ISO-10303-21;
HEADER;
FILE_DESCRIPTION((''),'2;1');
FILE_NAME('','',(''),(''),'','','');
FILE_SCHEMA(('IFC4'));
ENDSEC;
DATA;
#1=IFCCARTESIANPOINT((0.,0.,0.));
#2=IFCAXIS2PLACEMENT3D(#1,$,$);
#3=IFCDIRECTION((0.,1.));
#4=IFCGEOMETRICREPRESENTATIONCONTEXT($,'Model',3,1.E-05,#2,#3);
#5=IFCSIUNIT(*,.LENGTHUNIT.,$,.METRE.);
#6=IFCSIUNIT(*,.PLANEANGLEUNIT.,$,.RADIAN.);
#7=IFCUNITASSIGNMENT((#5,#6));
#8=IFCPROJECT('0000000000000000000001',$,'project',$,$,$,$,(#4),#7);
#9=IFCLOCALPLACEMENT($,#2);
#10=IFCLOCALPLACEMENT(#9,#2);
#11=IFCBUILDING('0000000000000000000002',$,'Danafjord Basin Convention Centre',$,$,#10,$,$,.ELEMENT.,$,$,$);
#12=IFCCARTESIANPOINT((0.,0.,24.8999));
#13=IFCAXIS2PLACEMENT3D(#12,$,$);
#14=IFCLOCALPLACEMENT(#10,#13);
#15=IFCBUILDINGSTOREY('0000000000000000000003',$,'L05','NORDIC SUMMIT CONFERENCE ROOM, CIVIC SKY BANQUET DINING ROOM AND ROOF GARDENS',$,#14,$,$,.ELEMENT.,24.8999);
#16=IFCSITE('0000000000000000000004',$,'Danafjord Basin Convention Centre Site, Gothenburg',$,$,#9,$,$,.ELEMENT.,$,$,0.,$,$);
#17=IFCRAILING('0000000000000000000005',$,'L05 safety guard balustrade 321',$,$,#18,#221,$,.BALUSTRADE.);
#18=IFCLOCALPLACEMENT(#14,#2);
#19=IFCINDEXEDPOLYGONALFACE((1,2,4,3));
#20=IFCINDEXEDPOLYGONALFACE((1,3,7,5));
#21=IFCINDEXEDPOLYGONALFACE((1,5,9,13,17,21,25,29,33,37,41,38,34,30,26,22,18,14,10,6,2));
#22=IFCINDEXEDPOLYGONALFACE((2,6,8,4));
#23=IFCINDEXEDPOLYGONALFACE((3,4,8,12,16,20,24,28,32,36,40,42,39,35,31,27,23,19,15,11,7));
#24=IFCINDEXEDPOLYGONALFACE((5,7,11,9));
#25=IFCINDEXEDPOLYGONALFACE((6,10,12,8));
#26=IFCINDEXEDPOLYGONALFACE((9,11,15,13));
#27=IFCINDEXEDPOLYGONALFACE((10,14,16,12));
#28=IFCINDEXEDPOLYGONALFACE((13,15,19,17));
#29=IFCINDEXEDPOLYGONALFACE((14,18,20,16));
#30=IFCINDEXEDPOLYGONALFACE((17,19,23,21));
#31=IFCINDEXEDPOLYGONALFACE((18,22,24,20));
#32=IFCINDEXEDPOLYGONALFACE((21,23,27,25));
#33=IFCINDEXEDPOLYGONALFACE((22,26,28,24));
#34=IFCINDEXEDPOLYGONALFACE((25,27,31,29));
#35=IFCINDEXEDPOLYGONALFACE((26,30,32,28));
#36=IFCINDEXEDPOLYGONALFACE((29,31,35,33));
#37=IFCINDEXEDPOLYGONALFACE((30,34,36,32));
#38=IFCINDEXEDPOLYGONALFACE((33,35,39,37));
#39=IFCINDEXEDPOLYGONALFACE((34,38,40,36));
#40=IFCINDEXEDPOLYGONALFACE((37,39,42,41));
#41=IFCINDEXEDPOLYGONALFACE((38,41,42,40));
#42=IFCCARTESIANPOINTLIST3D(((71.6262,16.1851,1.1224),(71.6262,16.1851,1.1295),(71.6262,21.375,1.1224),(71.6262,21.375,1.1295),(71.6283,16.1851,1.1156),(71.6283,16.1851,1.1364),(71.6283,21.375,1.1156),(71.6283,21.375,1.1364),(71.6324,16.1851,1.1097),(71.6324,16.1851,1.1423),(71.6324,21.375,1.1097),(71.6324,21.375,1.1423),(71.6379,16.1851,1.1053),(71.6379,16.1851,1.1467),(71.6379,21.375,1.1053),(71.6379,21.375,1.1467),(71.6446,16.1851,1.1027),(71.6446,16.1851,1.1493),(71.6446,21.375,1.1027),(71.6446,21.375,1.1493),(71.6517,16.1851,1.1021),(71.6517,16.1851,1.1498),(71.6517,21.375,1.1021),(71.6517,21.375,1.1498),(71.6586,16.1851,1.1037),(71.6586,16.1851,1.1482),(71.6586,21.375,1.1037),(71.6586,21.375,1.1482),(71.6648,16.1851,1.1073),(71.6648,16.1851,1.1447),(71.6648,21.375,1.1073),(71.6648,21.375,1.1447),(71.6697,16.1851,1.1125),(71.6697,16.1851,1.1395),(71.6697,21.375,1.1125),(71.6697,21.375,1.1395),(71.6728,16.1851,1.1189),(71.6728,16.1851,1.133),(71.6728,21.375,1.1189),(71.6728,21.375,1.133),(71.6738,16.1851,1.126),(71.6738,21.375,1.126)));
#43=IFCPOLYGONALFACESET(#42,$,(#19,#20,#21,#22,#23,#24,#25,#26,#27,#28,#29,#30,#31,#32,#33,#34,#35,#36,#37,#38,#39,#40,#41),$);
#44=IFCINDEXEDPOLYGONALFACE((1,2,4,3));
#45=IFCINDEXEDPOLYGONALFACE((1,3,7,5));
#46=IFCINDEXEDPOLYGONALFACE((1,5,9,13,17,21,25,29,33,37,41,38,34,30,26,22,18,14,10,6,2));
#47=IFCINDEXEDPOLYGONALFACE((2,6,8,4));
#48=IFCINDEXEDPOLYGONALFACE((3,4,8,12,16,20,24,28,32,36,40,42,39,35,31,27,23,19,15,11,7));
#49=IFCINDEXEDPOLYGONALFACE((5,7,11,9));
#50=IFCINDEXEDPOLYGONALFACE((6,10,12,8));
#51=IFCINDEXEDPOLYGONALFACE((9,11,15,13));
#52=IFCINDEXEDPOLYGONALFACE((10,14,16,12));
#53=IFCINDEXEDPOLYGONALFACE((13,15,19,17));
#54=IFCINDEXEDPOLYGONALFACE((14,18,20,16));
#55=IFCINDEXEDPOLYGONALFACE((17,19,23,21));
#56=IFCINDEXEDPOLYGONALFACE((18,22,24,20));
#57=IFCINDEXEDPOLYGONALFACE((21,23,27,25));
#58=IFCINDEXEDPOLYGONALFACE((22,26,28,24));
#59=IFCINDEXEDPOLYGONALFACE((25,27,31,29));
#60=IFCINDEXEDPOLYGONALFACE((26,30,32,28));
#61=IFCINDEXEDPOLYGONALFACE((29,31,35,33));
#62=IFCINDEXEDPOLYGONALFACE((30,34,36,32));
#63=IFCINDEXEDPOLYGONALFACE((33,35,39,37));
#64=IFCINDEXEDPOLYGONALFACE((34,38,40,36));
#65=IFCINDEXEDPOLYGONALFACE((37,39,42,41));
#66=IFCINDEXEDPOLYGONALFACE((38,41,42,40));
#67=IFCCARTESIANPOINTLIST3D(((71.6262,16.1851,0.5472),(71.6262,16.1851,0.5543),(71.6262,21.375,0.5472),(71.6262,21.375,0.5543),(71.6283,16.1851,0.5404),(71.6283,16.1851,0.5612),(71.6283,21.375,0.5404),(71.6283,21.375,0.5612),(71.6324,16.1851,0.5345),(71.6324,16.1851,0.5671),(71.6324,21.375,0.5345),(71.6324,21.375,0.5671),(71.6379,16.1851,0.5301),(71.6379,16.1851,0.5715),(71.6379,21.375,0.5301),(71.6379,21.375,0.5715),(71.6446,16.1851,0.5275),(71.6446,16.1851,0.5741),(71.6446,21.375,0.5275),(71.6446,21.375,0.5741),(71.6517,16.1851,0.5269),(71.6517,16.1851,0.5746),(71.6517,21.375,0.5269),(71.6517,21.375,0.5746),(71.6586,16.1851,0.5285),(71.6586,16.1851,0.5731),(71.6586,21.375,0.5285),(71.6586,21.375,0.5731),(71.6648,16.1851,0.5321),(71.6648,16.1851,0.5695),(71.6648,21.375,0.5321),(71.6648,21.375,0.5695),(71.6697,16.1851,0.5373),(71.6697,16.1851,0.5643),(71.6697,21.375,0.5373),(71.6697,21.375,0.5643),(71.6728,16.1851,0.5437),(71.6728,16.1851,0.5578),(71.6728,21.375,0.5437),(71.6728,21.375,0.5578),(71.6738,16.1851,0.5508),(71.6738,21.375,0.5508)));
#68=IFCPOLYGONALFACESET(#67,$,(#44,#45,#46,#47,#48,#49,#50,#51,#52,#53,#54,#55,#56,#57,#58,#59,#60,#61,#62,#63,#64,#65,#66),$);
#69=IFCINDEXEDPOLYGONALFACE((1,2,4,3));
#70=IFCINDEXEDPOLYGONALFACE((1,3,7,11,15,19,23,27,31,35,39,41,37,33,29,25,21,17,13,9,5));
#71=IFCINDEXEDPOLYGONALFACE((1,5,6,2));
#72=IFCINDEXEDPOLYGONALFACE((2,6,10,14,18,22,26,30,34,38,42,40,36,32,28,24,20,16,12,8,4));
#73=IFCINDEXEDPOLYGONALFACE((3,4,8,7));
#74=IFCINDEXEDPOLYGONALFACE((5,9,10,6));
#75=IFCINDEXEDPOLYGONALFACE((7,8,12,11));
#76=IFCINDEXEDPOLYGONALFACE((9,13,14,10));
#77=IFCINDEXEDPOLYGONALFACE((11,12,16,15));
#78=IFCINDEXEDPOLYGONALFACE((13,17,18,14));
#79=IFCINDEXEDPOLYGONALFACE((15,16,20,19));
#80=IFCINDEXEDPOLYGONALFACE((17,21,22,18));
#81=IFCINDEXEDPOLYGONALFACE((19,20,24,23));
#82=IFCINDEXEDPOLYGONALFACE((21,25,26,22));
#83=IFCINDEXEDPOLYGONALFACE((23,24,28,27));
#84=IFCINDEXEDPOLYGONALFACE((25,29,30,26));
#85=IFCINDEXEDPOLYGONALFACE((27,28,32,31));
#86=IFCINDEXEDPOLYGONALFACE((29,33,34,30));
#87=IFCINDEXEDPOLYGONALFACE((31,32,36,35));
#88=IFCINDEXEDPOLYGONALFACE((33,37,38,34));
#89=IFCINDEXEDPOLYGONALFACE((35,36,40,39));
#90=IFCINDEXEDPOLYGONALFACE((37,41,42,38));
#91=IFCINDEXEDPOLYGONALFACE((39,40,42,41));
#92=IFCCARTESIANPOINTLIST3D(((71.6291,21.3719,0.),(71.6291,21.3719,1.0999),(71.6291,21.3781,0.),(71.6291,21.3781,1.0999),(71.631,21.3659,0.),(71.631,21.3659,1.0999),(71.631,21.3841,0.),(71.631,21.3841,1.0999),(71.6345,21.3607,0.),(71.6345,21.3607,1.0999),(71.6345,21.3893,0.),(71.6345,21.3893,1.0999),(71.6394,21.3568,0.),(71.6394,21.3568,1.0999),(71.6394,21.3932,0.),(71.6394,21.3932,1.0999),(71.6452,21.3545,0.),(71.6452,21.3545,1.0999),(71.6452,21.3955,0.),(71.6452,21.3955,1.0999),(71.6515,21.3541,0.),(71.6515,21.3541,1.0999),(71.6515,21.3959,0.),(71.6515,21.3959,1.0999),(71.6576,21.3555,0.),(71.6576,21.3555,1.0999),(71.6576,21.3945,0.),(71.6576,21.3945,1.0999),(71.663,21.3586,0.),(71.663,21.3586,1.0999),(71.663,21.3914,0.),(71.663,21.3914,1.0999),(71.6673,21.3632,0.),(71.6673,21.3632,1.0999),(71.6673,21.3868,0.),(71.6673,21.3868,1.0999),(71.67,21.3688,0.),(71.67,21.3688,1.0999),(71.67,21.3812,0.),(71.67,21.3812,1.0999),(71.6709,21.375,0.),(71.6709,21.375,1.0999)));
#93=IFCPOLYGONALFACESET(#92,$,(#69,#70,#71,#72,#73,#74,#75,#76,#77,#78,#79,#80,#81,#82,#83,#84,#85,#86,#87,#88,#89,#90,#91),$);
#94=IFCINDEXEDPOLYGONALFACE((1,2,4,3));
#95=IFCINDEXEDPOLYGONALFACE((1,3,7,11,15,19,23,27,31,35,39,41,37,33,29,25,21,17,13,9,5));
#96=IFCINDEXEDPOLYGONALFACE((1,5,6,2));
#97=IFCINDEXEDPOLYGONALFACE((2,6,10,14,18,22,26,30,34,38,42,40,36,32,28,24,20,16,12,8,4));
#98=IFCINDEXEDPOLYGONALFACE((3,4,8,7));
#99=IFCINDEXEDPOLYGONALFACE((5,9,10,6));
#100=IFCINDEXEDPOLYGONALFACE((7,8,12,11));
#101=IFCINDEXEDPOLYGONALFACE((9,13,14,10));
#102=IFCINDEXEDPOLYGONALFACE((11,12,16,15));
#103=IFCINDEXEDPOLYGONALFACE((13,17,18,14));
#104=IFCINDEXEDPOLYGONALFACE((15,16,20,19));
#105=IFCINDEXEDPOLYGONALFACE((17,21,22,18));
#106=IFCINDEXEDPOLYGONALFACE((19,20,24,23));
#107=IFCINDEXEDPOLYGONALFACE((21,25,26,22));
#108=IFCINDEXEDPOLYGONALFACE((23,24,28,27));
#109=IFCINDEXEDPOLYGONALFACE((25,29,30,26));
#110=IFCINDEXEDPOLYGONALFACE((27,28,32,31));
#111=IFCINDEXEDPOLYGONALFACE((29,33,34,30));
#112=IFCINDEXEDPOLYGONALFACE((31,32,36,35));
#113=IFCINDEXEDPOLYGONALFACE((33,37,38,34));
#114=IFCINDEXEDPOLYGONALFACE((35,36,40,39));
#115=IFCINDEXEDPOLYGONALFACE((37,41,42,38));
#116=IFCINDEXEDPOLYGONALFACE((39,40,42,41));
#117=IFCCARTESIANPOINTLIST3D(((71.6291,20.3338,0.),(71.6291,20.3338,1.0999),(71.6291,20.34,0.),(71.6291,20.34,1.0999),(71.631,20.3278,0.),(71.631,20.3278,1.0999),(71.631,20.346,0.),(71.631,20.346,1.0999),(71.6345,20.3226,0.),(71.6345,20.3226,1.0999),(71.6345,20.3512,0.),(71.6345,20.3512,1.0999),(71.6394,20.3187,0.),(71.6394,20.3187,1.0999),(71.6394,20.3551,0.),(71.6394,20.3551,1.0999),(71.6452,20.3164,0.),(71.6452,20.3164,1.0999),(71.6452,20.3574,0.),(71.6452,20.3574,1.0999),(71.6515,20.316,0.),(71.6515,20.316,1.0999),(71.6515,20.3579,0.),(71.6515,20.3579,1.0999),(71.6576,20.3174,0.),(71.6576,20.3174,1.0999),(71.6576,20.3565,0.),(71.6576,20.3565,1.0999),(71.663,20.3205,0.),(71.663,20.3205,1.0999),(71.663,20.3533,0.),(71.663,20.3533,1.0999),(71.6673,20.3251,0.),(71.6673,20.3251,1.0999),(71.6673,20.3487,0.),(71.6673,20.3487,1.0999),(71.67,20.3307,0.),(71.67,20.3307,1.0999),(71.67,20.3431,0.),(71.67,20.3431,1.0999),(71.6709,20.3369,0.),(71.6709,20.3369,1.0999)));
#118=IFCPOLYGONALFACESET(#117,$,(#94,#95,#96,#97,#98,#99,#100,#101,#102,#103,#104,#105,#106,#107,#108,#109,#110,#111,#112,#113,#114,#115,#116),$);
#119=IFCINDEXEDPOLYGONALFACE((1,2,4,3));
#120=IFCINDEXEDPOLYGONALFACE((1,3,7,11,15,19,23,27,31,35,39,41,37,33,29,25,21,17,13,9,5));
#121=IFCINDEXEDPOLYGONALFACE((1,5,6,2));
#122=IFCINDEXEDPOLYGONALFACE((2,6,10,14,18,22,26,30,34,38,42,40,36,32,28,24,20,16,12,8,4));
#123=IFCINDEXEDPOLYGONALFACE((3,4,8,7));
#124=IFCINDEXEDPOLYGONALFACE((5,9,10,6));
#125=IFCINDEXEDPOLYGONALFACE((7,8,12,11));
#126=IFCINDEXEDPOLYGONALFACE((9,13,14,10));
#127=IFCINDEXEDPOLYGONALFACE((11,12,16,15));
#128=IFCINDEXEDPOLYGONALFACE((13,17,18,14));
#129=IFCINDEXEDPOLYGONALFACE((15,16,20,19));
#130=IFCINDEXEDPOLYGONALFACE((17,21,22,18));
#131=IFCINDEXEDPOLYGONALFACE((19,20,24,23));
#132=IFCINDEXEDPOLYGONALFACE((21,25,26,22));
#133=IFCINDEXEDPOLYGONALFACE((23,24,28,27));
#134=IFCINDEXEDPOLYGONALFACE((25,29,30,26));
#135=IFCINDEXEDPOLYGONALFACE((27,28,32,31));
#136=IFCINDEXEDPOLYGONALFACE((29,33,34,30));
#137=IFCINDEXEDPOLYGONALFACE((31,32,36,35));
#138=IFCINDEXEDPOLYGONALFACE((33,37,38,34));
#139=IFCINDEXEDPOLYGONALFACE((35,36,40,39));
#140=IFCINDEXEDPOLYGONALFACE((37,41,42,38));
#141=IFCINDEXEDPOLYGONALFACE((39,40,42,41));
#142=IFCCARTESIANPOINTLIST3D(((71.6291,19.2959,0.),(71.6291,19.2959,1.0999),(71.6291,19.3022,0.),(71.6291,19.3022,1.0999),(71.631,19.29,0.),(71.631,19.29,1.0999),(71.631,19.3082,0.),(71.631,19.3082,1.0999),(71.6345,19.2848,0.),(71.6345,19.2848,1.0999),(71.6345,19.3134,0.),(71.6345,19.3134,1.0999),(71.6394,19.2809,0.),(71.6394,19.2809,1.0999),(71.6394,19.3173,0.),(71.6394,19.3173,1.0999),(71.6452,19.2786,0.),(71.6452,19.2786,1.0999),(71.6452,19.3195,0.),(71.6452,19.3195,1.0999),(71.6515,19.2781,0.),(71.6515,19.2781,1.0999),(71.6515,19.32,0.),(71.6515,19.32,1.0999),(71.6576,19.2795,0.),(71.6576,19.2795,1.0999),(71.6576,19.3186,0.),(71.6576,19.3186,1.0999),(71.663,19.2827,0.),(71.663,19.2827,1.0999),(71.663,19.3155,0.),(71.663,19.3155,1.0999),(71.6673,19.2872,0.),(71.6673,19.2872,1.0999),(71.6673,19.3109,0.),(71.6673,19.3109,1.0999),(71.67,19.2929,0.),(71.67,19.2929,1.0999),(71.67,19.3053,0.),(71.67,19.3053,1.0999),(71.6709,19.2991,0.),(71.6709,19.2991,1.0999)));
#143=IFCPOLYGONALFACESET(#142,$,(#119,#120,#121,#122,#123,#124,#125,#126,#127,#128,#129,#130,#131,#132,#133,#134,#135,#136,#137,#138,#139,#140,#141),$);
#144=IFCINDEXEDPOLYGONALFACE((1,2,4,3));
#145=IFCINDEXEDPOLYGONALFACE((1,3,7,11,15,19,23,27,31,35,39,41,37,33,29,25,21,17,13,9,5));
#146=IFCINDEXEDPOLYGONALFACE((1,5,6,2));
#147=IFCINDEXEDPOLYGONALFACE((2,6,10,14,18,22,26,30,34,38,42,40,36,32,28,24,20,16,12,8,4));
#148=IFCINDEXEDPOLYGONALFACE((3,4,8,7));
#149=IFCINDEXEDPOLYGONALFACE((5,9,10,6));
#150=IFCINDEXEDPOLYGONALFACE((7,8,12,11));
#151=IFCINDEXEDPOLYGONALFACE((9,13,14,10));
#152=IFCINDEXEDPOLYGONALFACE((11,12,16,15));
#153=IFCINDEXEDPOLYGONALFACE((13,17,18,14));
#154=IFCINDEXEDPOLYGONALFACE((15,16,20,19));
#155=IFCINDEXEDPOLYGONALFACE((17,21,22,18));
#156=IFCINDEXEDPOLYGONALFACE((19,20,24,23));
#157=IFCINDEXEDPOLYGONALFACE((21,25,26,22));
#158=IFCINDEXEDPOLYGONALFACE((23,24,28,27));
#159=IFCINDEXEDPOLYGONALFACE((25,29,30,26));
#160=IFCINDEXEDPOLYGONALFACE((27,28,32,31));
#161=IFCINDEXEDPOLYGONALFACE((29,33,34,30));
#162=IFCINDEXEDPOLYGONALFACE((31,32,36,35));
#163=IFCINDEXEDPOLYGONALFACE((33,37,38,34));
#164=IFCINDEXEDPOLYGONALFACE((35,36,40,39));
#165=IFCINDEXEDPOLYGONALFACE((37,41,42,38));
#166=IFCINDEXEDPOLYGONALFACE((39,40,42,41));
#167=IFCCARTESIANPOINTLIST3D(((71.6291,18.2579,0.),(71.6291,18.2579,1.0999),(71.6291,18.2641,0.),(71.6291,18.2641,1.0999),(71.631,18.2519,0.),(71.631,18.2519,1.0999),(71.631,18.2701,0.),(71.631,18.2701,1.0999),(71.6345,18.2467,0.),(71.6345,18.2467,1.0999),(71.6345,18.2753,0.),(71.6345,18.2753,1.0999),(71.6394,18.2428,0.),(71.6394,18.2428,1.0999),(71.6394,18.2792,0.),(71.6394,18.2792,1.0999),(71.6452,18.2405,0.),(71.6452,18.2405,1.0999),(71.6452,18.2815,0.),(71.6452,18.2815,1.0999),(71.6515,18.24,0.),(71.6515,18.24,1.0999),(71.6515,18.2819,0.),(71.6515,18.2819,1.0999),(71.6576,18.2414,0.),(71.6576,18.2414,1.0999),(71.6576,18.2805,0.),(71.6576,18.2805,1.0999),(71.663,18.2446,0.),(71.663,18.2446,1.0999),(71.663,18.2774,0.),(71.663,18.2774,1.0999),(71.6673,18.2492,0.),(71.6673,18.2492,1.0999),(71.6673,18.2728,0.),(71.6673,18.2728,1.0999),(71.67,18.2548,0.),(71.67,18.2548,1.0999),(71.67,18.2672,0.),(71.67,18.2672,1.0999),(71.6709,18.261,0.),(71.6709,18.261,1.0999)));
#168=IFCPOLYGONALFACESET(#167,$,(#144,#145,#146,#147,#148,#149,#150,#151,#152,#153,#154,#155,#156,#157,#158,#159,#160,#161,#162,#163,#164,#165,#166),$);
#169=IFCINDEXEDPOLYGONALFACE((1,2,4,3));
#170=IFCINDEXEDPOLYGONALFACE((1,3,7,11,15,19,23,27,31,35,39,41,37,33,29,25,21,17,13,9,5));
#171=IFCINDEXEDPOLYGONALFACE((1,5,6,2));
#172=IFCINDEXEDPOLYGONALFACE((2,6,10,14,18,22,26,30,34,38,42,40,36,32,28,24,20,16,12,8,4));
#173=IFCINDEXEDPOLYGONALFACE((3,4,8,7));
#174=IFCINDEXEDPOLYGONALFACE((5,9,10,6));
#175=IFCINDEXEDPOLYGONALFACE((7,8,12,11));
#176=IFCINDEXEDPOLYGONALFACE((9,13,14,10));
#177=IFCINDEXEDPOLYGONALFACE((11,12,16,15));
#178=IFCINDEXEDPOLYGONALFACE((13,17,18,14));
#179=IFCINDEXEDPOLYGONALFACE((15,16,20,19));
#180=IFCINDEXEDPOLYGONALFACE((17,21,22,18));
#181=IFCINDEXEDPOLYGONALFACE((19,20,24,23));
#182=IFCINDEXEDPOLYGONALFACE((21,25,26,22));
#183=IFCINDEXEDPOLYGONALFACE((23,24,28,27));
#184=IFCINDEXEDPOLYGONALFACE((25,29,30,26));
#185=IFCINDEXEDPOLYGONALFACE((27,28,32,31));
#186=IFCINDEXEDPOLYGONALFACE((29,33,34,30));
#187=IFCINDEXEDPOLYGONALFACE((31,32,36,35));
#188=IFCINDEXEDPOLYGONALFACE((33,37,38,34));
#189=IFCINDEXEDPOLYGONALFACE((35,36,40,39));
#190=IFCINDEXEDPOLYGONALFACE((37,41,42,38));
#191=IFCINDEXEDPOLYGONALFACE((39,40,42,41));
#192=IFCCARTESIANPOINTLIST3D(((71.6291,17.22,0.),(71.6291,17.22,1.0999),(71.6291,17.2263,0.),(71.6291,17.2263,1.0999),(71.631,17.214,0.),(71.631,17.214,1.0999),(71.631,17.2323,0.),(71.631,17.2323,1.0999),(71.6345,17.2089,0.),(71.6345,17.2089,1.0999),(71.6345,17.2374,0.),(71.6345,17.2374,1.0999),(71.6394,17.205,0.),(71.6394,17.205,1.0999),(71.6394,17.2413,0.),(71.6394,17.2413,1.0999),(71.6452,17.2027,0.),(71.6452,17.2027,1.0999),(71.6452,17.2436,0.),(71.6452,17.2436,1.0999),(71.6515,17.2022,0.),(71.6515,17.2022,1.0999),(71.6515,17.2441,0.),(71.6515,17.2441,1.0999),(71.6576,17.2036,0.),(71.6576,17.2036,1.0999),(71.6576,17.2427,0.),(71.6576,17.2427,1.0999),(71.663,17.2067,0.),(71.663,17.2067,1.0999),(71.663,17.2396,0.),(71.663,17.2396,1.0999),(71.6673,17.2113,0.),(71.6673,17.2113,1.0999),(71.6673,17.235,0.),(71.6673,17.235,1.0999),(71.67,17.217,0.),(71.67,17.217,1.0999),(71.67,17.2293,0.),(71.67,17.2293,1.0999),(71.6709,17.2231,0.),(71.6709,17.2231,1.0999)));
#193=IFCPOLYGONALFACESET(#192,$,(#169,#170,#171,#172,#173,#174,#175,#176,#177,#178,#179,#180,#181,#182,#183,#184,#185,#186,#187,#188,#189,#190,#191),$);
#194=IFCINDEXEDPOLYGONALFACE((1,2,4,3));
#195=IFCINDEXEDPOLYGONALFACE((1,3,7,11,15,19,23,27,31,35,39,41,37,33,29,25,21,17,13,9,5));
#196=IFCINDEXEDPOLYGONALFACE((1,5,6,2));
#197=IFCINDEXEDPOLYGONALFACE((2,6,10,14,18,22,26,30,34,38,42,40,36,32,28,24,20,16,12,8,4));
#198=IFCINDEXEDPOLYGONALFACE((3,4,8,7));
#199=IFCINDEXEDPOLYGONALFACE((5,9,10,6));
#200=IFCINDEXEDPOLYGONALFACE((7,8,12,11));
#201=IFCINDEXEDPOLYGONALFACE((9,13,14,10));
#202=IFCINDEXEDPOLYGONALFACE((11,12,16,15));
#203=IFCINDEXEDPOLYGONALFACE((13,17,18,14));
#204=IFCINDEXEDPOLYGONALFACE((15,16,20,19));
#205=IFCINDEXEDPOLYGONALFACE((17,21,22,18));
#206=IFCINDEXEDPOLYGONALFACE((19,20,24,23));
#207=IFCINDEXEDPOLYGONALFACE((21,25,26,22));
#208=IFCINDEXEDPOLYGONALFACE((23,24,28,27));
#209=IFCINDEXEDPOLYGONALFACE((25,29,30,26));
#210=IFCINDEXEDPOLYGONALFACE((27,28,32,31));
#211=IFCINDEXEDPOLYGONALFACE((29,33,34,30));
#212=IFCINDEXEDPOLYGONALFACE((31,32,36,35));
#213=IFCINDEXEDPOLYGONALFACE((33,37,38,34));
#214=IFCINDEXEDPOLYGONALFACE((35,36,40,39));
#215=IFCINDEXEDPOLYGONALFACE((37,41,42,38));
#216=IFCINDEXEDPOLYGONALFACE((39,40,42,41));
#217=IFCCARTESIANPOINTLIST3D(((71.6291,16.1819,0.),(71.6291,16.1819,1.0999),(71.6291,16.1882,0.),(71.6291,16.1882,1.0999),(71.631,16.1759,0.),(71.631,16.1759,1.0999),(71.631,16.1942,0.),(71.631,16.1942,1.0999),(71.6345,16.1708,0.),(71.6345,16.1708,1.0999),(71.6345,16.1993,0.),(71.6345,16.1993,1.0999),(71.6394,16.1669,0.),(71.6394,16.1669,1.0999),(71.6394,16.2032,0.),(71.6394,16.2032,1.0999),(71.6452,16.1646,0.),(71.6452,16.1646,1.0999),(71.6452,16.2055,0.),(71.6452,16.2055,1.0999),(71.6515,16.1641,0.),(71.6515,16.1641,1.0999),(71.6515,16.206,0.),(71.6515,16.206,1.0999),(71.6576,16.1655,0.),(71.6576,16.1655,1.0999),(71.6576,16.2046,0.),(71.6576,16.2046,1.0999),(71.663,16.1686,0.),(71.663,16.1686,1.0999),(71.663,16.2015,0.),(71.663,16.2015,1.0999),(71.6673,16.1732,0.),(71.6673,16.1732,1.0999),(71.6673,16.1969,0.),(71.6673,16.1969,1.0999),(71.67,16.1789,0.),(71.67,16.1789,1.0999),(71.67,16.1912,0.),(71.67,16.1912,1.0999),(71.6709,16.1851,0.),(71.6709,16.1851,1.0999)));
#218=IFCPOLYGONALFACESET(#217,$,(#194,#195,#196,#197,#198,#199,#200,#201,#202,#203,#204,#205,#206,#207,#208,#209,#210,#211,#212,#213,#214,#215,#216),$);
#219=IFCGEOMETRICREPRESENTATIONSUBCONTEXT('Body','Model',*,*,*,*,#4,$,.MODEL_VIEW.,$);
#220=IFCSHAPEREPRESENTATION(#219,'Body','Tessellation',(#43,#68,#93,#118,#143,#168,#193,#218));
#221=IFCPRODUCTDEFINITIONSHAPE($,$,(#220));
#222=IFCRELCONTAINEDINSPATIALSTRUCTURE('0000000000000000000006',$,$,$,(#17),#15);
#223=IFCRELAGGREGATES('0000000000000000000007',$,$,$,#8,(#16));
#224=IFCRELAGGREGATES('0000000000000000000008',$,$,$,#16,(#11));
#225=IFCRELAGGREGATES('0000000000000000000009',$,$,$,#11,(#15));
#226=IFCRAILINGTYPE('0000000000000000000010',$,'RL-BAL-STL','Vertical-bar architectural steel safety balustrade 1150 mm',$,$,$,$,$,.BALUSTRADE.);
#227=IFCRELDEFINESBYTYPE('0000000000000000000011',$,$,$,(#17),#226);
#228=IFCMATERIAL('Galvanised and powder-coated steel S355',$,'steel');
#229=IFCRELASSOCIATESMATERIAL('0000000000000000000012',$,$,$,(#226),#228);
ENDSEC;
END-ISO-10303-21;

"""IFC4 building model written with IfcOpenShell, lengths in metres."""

from ifc_helpers import new_model, si_unit, direction, frame, origin, origin_2d, place, context, subcontext, project, spatial, circle, extrude, material, type_object, element, save


model = new_model("IFC4")

# Units and contexts
model_context = context("Model", 3, precision=1e-05, world=origin(), true_north=direction((0.0, 1.0)))
body_context = subcontext(model_context, "Body", "Model", "MODEL_VIEW")
ifc_project = project(units=[si_unit("LENGTHUNIT", "METRE"), si_unit("PLANEANGLEUNIT", "RADIAN")], contexts=[model_context])

# Site, building, storey
site_placement = place(None, origin())
site = spatial("IfcSite", under=ifc_project, at=site_placement, Name="Danafjord Basin Convention Centre Site, Gothenburg", CompositionType="ELEMENT", RefElevation=0.0)
building_placement = place(site_placement, origin())
building = spatial("IfcBuilding", under=site, at=building_placement, Name="Danafjord Basin Convention Centre", CompositionType="ELEMENT")
storey_placement = place(building_placement, frame((0.0, 0.0, 24.8999)))
storey = spatial("IfcBuildingStorey", under=building, at=storey_placement, Name="L05", Description="NORDIC SUMMIT CONFERENCE ROOM, CIVIC SKY BANQUET DINING ROOM AND ROOF GARDENS", CompositionType="ELEMENT", Elevation=24.8999)

# Railing
ifc_material_1 = material(Name="Galvanised and powder-coated steel S355", Category="steel")
railing_type_1 = type_object("IfcRailingType", Name="RL-BAL-STL", Description="Vertical-bar architectural steel safety balustrade 1150 mm", PredefinedType="BALUSTRADE", material=ifc_material_1)
railing_1_placement = place(storey_placement, frame((71.6499, 21.375, 0.0)))
element("IfcRailing", 1, at=railing_1_placement, inside=storey, type_object=railing_type_1, Name="L05 safety guard balustrade 321", PredefinedType="BALUSTRADE", context=body_context, shape_type="SweptSolid", body=[
    extrude(circle(Radius=0.0239, at=origin_2d()), frame((0.0, 0.0, 1.126), z_axis=(0.0, -1.0, 0.0), x_axis=(1.0, 0.0, 0.0)), (0.0, 0.0, 1.0), 5.1899),
    extrude(circle(Radius=0.0239, at=origin_2d()), frame((0.0, 0.0, 0.5508), z_axis=(0.0, -1.0, 0.0), x_axis=(1.0, 0.0, 0.0)), (0.0, 0.0, 1.0), 5.1899),
    extrude(circle(Radius=0.021, at=origin_2d()), origin(), (0.0, 0.0, 1.0), 1.0999),
    extrude(circle(Radius=0.021, at=origin_2d()), frame((0.0, -1.0381, 0.0)), (0.0, 0.0, 1.0), 1.0999),
    extrude(circle(Radius=0.021, at=origin_2d()), frame((0.0, -2.0759, 0.0)), (0.0, 0.0, 1.0), 1.0999),
    extrude(circle(Radius=0.021, at=origin_2d()), frame((0.0, -3.114, 0.0)), (0.0, 0.0, 1.0), 1.0999),
    extrude(circle(Radius=0.021, at=origin_2d()), frame((0.0, -4.1519, 0.0)), (0.0, 0.0, 1.0), 1.0999),
    extrude(circle(Radius=0.021, at=origin_2d()), frame((0.0, -5.1899, 0.0)), (0.0, 0.0, 1.0), 1.0999),
])

save(model, "model.ifc")
